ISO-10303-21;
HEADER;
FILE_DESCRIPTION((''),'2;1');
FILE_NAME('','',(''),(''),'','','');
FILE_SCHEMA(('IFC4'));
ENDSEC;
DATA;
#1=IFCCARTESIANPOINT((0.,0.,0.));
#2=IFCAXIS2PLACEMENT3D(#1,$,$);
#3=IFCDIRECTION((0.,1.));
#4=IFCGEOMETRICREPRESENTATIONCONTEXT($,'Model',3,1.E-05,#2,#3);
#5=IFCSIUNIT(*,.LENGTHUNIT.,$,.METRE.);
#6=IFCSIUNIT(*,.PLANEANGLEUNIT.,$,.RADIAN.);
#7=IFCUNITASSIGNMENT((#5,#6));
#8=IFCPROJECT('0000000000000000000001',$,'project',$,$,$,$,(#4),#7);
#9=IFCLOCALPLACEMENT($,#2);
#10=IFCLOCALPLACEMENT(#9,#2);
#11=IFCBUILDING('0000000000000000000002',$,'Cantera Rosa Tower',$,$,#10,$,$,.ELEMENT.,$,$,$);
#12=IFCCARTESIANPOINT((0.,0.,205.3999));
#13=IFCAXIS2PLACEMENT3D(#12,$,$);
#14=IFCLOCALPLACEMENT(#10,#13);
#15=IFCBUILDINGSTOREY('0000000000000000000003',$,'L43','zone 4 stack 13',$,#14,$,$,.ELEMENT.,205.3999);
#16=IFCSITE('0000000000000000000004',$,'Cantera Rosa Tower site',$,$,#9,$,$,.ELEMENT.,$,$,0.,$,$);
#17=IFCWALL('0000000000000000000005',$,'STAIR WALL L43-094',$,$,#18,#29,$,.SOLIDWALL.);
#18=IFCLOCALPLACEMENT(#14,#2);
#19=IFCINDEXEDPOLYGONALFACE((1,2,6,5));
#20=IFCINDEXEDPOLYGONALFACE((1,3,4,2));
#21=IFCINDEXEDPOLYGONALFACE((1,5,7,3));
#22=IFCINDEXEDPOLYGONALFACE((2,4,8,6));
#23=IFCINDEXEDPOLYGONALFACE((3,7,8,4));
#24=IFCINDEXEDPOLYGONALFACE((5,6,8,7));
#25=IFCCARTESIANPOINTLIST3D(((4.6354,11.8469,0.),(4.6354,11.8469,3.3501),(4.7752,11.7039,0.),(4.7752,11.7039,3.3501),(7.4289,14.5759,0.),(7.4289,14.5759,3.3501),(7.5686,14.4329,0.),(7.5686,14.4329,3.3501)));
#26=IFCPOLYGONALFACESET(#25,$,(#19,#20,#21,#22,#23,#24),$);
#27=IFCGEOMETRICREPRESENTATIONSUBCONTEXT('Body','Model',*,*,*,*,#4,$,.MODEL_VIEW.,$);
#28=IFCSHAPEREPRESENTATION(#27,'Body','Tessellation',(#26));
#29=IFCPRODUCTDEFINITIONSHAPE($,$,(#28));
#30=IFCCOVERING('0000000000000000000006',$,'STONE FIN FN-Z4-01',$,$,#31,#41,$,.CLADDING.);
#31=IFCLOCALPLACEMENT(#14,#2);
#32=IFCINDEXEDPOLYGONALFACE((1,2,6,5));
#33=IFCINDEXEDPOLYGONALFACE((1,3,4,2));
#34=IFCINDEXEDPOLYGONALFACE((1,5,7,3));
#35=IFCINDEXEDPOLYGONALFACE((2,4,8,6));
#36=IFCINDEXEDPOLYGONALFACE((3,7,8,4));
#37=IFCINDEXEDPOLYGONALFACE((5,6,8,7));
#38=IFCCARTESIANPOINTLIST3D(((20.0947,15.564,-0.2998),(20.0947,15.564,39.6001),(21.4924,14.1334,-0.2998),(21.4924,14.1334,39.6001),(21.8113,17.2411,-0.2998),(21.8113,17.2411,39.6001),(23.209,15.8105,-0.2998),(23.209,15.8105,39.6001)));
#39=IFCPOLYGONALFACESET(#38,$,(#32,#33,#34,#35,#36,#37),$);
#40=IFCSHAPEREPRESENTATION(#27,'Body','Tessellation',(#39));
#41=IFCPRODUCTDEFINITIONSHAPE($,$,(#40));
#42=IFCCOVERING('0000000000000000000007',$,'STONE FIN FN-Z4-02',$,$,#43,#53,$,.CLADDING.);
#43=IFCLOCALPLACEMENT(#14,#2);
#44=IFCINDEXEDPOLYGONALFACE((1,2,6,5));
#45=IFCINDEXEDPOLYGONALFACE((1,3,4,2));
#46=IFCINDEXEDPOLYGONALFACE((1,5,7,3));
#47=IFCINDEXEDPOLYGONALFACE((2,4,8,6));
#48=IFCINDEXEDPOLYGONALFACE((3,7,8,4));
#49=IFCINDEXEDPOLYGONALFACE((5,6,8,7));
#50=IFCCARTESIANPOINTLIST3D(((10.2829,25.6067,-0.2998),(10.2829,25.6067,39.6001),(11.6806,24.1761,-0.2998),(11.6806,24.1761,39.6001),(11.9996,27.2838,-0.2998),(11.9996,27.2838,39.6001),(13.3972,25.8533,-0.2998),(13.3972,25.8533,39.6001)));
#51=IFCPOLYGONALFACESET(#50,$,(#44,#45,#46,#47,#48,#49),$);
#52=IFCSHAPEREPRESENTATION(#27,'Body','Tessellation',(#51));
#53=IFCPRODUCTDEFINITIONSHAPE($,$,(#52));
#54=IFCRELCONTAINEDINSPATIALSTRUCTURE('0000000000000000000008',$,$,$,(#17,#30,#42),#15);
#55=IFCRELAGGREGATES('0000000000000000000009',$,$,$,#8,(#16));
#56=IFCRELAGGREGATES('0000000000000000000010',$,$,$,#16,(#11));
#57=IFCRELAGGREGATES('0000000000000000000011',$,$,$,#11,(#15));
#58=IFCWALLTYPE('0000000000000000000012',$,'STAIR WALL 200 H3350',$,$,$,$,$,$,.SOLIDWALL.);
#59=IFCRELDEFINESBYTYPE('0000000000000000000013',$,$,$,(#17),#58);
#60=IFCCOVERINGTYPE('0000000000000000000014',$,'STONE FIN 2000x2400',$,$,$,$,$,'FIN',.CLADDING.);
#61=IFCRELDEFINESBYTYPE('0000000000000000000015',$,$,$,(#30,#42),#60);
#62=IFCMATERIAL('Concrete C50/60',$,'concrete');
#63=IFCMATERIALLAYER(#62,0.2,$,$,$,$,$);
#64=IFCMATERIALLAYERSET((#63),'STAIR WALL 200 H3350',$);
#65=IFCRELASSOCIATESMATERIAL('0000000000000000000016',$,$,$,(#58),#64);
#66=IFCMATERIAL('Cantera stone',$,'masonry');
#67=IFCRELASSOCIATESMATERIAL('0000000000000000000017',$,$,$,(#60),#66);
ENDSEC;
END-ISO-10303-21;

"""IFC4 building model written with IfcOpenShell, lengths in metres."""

from ifc_helpers import new_model, si_unit, direction, frame, frame_2d, origin, origin_2d, place, context, subcontext, project, spatial, rectangle, extrude, material, layer, layer_set, type_object, element, save


model = new_model("IFC4")

# Units and contexts
model_context = context("Model", 3, precision=1e-05, world=origin(), true_north=direction((0.0, 1.0)))
body_context = subcontext(model_context, "Body", "Model", "MODEL_VIEW")
ifc_project = project(units=[si_unit("LENGTHUNIT", "METRE"), si_unit("PLANEANGLEUNIT", "RADIAN")], contexts=[model_context])

# Site, building, storey
site_placement = place(None, origin())
site = spatial("IfcSite", under=ifc_project, at=site_placement, Name="Cantera Rosa Tower site", CompositionType="ELEMENT", RefElevation=0.0)
building_placement = place(site_placement, origin())
building = spatial("IfcBuilding", under=site, at=building_placement, Name="Cantera Rosa Tower", CompositionType="ELEMENT")
storey_placement = place(building_placement, frame((0.0, 0.0, 205.3999)))
storey = spatial("IfcBuildingStorey", under=building, at=storey_placement, Name="L43", Description="zone 4 stack 13", CompositionType="ELEMENT", Elevation=205.3999)

# Wall
ifc_material_1 = material(Name="Concrete C50/60", Category="concrete")
ifc_layer_1 = layer(ifc_material_1, 0.2)
ifc_layer_set_1 = layer_set([ifc_layer_1], Name="STAIR WALL 200 H3350")
wall_type_1 = type_object("IfcWallType", Name="STAIR WALL 200 H3350", PredefinedType="SOLIDWALL", material=ifc_layer_set_1)
wall_1_placement = place(storey_placement, frame((7.4988, 14.5044, 0.0), z_axis=(0.0, 0.0, 1.0), x_axis=(-0.715311, -0.698806, 0.0)))
element("IfcWall", 1, at=wall_1_placement, inside=storey, type_object=wall_type_1, Name="STAIR WALL L43-094", PredefinedType="SOLIDWALL", context=body_context, shape_type="SweptSolid", body=[
    extrude(rectangle(XDim=3.9053, YDim=0.2, at=frame_2d((1.9526, 0.0))), origin(), (0.0, 0.0, 1.0), 3.3501),
])

# Coverings
ifc_material_2 = material(Name="Cantera stone", Category="masonry")
covering_type = type_object("IfcCoveringType", Name="STONE FIN 2000x2400", ElementType="FIN", PredefinedType="CLADDING", material=ifc_material_2)
for number, where, z_axis, x_axis, name in (
    (2, (21.6519, 15.6873, -0.2998), (0.0, 0.0, 1.0), (-0.698832, 0.715286, 0.0), "STONE FIN FN-Z4-01"),
    (3, (11.8401, 25.73, -0.2998), (0.0, 0.0, 1.0), (-0.698832, 0.715286, 0.0), "STONE FIN FN-Z4-02"),
):
    element("IfcCovering", number, at=place(storey_placement, frame(where, z_axis=z_axis, x_axis=x_axis)), inside=storey, type_object=covering_type, Name=name, PredefinedType="CLADDING", context=body_context, shape_type="SweptSolid", body=[
        extrude(rectangle(XDim=2.0, YDim=2.3999, at=origin_2d()), origin(), (0.0, 0.0, 1.0), 39.8999),
    ])

save(model, "model.ifc")
